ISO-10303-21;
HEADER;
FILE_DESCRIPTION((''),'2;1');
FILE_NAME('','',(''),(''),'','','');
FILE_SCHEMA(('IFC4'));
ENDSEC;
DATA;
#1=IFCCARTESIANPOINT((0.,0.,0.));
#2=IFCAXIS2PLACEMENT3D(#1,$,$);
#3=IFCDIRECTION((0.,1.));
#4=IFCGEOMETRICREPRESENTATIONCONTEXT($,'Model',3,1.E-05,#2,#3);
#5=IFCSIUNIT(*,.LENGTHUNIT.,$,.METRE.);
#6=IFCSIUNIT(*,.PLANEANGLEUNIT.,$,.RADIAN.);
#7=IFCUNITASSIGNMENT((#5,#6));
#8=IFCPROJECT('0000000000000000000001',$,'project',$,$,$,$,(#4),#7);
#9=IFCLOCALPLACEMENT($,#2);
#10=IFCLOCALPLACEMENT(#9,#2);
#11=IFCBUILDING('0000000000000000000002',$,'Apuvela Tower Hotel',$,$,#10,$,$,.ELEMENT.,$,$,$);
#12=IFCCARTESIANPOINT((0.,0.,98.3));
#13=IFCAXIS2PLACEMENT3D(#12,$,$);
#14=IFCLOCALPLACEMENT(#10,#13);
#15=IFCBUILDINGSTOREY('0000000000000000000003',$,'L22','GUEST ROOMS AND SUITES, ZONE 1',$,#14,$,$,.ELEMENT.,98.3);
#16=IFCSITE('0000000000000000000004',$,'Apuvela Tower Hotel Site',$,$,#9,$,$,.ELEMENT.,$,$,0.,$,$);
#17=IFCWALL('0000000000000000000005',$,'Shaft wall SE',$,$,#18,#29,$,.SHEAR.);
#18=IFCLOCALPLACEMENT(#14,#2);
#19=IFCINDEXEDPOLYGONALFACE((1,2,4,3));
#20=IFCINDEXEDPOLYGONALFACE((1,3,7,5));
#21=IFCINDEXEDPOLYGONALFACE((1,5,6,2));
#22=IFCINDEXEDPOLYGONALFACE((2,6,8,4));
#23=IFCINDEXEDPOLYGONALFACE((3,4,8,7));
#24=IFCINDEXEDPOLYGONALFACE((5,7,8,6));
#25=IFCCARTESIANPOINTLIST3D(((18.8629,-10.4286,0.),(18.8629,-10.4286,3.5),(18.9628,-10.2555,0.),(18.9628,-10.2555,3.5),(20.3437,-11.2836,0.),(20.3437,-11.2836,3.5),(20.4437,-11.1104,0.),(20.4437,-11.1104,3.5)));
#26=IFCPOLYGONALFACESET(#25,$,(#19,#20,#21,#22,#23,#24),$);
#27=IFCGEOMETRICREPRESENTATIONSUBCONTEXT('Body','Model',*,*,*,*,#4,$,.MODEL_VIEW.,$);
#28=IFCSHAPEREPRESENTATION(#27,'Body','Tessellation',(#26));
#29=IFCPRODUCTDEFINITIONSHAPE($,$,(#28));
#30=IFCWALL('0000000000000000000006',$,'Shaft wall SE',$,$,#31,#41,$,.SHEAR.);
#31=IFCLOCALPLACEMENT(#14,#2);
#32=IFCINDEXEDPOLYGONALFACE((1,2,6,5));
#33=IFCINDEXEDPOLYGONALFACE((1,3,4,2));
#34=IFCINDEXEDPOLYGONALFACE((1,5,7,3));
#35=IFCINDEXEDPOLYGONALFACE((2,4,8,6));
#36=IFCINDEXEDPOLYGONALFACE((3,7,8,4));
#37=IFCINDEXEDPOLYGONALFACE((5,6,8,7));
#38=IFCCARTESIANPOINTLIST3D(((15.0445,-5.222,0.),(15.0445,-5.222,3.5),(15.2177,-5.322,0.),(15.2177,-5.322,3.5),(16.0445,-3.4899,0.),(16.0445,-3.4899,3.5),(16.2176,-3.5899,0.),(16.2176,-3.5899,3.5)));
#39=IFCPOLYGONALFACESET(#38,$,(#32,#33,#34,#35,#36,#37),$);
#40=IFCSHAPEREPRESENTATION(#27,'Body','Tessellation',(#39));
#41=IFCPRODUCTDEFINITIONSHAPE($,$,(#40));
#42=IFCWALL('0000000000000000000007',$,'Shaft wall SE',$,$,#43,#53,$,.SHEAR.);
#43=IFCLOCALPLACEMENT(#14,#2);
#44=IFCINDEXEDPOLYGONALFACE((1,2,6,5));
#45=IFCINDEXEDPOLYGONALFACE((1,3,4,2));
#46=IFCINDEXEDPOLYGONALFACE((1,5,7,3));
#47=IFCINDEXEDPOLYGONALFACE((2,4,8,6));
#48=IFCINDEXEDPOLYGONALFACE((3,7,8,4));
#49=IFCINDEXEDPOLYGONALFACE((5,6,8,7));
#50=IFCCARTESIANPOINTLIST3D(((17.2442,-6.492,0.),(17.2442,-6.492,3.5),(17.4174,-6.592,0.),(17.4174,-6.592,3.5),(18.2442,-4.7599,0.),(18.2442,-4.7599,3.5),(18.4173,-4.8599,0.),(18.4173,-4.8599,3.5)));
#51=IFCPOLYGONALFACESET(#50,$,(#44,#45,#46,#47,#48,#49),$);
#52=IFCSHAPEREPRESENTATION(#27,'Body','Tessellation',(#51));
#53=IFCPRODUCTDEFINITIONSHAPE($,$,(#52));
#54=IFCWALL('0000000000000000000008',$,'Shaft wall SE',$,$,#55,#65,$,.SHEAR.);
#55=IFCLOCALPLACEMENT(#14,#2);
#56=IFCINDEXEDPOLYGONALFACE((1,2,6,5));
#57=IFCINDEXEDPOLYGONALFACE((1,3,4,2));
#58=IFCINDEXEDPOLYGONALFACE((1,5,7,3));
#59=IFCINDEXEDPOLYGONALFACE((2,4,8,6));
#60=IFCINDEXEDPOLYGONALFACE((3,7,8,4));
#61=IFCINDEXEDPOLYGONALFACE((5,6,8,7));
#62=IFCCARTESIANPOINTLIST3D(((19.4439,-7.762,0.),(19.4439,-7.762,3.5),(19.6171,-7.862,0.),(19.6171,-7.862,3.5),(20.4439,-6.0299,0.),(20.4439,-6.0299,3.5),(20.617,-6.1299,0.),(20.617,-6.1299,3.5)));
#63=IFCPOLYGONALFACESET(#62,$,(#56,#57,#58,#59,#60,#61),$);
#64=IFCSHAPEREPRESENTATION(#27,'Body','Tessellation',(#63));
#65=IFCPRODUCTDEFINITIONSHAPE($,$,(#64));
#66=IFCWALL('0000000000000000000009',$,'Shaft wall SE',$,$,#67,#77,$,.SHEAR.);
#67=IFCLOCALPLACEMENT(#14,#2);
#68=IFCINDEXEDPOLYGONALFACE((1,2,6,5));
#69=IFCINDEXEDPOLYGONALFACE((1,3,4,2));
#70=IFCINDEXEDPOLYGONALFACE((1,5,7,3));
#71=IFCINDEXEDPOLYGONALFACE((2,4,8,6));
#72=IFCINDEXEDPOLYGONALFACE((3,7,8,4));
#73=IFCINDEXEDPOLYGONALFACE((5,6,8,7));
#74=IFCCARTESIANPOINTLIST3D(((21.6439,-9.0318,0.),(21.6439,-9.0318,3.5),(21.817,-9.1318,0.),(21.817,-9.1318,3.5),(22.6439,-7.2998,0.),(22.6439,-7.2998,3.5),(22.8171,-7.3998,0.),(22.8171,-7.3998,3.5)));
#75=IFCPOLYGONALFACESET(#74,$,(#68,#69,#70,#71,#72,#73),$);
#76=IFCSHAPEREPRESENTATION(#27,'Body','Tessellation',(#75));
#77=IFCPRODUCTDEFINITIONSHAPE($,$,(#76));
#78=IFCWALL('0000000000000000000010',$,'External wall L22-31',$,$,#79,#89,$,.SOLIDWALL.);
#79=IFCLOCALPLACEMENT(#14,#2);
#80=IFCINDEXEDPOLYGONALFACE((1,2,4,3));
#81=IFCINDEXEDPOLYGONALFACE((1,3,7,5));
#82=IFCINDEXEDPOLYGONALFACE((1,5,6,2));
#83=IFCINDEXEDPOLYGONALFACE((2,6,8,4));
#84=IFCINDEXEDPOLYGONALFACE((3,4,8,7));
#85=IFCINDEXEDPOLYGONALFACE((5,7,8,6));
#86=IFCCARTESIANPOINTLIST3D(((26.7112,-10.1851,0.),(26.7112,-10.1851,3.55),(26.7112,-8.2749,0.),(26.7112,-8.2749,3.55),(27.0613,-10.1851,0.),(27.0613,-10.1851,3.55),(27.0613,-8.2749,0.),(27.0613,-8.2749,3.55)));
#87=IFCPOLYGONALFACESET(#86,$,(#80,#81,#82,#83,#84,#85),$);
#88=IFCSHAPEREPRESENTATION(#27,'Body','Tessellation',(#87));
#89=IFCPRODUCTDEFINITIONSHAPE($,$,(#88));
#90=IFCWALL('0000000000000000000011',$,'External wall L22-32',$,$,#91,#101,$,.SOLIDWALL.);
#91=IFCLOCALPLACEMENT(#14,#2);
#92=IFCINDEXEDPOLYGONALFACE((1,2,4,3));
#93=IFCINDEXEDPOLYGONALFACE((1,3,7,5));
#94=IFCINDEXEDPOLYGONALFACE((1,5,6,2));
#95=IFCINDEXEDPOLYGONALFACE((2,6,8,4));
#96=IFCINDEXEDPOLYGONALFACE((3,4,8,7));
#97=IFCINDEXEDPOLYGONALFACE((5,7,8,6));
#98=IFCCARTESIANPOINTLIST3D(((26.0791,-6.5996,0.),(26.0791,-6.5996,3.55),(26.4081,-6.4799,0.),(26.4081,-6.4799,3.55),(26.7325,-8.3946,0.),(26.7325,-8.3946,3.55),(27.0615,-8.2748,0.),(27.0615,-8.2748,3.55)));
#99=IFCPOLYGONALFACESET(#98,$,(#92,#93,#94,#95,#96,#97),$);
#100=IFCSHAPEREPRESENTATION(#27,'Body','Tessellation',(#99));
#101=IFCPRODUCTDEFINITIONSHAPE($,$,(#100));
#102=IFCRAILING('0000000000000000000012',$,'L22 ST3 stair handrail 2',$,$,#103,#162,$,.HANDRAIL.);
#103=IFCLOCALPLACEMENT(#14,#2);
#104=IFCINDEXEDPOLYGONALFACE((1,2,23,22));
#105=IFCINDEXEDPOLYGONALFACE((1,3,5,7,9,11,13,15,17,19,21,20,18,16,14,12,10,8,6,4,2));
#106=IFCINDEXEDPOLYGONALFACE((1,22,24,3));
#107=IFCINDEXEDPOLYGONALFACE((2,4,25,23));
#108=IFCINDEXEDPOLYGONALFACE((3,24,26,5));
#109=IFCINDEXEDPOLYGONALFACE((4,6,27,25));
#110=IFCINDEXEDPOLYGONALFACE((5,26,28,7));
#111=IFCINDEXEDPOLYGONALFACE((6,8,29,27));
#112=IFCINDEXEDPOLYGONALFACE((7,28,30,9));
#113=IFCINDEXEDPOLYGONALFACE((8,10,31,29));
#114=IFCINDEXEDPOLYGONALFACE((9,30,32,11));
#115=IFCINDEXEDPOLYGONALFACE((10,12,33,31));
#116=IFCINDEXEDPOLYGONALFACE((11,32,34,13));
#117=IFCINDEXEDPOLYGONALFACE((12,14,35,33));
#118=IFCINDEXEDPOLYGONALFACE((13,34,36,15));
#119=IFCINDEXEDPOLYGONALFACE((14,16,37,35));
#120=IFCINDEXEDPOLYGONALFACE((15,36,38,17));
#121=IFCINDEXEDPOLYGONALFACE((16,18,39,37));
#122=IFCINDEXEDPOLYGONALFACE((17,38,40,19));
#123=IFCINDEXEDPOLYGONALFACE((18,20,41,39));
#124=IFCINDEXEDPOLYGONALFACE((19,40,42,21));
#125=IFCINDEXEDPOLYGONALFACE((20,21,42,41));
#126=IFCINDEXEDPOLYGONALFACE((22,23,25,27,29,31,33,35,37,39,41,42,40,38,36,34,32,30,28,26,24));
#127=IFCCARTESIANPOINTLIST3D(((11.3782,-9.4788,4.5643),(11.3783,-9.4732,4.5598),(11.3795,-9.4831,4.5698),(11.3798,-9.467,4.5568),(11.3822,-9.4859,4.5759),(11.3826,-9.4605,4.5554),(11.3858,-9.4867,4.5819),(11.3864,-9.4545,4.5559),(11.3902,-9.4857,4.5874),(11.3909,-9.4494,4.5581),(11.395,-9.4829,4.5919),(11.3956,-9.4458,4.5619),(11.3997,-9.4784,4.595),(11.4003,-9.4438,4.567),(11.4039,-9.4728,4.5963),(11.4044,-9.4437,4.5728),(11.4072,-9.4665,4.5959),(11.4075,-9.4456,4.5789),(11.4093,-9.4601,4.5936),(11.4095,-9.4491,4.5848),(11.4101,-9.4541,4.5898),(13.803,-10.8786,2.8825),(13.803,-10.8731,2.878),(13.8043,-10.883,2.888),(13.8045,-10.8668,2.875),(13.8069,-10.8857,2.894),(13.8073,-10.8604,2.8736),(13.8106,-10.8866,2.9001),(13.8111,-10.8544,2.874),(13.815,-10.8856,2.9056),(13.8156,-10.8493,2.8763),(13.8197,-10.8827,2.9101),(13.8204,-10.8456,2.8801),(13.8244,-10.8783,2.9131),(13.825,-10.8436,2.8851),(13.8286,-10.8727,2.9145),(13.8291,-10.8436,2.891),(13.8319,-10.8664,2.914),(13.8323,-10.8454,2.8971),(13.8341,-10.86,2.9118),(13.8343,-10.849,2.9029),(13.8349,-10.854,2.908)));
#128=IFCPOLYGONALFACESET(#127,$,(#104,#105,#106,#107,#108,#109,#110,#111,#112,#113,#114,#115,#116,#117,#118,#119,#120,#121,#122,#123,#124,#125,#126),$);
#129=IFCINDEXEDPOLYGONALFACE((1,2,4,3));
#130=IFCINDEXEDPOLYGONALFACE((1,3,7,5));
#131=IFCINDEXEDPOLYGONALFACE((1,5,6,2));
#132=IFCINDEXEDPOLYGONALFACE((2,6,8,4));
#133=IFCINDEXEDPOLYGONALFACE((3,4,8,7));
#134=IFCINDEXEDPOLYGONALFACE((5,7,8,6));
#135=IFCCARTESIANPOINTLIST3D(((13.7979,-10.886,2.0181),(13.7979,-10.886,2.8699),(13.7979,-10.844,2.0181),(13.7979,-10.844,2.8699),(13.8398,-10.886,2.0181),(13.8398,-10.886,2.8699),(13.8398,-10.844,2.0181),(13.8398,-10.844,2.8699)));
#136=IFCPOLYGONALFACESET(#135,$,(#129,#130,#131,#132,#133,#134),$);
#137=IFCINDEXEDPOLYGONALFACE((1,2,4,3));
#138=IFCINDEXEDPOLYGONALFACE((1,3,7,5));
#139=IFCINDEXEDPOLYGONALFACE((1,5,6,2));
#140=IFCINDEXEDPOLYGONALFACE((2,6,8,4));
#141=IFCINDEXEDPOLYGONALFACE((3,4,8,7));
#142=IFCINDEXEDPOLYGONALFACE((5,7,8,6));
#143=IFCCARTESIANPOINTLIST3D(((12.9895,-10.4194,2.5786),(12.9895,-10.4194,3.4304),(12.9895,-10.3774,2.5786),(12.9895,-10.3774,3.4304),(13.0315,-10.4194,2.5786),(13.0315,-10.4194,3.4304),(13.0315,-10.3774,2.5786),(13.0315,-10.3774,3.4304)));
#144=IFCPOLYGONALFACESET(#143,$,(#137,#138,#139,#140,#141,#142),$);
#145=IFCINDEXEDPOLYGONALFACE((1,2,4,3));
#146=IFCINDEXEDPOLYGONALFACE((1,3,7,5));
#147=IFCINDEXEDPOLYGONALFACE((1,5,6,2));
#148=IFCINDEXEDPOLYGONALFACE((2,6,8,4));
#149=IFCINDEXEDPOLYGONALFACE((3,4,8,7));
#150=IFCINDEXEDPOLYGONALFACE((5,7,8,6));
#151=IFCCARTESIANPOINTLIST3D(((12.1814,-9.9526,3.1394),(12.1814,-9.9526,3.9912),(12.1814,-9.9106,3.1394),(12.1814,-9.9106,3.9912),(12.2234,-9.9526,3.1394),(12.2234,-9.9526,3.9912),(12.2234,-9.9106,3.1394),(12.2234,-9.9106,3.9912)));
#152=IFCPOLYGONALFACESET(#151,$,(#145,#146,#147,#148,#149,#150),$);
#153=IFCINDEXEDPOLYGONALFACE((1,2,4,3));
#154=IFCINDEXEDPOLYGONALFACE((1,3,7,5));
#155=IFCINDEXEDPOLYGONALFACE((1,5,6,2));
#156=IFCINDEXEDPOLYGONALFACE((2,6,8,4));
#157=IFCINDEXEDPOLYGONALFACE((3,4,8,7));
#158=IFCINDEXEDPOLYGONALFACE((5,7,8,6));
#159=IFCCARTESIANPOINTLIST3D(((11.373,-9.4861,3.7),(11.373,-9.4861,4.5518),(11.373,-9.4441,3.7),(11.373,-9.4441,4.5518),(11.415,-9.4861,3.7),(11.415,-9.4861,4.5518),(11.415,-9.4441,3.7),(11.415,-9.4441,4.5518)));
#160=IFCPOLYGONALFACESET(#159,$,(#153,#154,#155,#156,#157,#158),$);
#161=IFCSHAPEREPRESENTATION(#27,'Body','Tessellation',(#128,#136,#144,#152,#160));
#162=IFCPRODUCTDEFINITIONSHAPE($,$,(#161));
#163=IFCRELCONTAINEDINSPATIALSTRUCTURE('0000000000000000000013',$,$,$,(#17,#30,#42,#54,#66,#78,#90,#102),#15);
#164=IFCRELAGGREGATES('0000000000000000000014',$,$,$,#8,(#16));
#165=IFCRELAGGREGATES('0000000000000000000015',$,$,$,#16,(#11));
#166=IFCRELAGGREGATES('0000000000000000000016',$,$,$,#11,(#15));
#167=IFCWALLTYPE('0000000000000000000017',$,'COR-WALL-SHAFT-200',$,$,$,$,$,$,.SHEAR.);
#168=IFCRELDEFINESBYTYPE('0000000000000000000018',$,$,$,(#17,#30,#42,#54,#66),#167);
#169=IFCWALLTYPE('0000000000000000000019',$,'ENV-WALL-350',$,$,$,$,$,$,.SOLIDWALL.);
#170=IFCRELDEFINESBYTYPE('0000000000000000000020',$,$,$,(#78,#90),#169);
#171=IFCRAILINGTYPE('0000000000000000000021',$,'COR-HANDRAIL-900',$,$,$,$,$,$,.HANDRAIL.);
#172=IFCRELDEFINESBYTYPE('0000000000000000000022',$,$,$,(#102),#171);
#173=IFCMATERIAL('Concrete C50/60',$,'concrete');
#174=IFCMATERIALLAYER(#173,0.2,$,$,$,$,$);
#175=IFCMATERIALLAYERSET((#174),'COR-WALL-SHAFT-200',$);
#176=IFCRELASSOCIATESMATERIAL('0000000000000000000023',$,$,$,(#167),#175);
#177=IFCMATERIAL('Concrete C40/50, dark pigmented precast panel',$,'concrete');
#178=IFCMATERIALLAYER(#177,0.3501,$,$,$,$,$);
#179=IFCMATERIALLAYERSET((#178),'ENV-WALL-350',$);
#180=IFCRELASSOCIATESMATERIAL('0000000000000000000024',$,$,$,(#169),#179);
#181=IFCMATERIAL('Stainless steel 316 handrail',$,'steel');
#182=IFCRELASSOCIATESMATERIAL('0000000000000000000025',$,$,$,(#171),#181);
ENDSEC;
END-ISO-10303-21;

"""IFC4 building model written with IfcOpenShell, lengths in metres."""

from ifc_helpers import new_model, si_unit, direction, frame, frame_2d, origin, origin_2d, place, context, subcontext, project, spatial, rectangle, circle, extrude, material, layer, layer_set, type_object, element, save


model = new_model("IFC4")

# Units and contexts
model_context = context("Model", 3, precision=1e-05, world=origin(), true_north=direction((0.0, 1.0)))
body_context = subcontext(model_context, "Body", "Model", "MODEL_VIEW")
ifc_project = project(units=[si_unit("LENGTHUNIT", "METRE"), si_unit("PLANEANGLEUNIT", "RADIAN")], contexts=[model_context])

# Site, building, storey
site_placement = place(None, origin())
site = spatial("IfcSite", under=ifc_project, at=site_placement, Name="Apuvela Tower Hotel Site", CompositionType="ELEMENT", RefElevation=0.0)
building_placement = place(site_placement, origin())
building = spatial("IfcBuilding", under=site, at=building_placement, Name="Apuvela Tower Hotel", CompositionType="ELEMENT")
storey_placement = place(building_placement, frame((0.0, 0.0, 98.3)))
storey = spatial("IfcBuildingStorey", under=building, at=storey_placement, Name="L22", Description="GUEST ROOMS AND SUITES, ZONE 1", CompositionType="ELEMENT", Elevation=98.3)

# Walls
ifc_material_1 = material(Name="Concrete C50/60", Category="concrete")
ifc_layer_1 = layer(ifc_material_1, 0.2)
ifc_layer_set_1 = layer_set([ifc_layer_1], Name="COR-WALL-SHAFT-200")
wall_type_1 = type_object("IfcWallType", Name="COR-WALL-SHAFT-200", PredefinedType="SHEAR", material=ifc_layer_set_1)
wall_1_placement = place(storey_placement, frame((18.9128, -10.342, 0.0), z_axis=(0.0, 0.0, 1.0), x_axis=(0.866038, -0.499978, 0.0)))
element("IfcWall", 1, at=wall_1_placement, inside=storey, type_object=wall_type_1, Name="Shaft wall SE", PredefinedType="SHEAR", context=body_context, shape_type="SweptSolid", body=[
    extrude(rectangle(XDim=1.71, YDim=0.2, at=frame_2d((0.855, 0.0))), origin(), (0.0, 0.0, 1.0), 3.5),
])
for number, where, z_axis, x_axis, name in (
    (2, (15.1311, -5.272, 0.0), (0.0, 0.0, 1.0), (0.499973, 0.866041, 0.0), "Shaft wall SE"),
    (3, (17.3308, -6.542, 0.0), (0.0, 0.0, 1.0), (0.499973, 0.866041, 0.0), "Shaft wall SE"),
    (4, (19.5305, -7.812, 0.0), (0.0, 0.0, 1.0), (0.499973, 0.866041, 0.0), "Shaft wall SE"),
    (5, (21.7305, -9.0818, 0.0), (0.0, 0.0, 1.0), (0.500025, 0.866011, 0.0), "Shaft wall SE"),
):
    element("IfcWall", number, at=place(storey_placement, frame(where, z_axis=z_axis, x_axis=x_axis)), inside=storey, type_object=wall_type_1, Name=name, PredefinedType="SHEAR", context=body_context, shape_type="SweptSolid", body=[
        extrude(rectangle(XDim=2.0, YDim=0.2, at=frame_2d((1.0, 0.0))), origin(), (0.0, 0.0, 1.0), 3.5),
    ])
ifc_material_2 = material(Name="Concrete C40/50, dark pigmented precast panel", Category="concrete")
ifc_layer_2 = layer(ifc_material_2, 0.3501)
ifc_layer_set_2 = layer_set([ifc_layer_2], Name="ENV-WALL-350")
wall_type_2 = type_object("IfcWallType", Name="ENV-WALL-350", PredefinedType="SOLIDWALL", material=ifc_layer_set_2)
for number, where, z_axis, x_axis, name in (
    (6, (26.8862, -10.1851, 0.0), (0.0, 0.0, 1.0), (0.0, 1.0, 0.0), "External wall L22-31"),
    (7, (26.897, -8.3347, 0.0), (0.0, 0.0, 1.0), (-0.34203, 0.939689, 0.0), "External wall L22-32"),
):
    element("IfcWall", number, at=place(storey_placement, frame(where, z_axis=z_axis, x_axis=x_axis)), inside=storey, type_object=wall_type_2, Name=name, PredefinedType="SOLIDWALL", context=body_context, shape_type="SweptSolid", body=[
        extrude(rectangle(XDim=1.9102, YDim=0.3501, at=frame_2d((0.9551, 0.0))), origin(), (0.0, 0.0, 1.0), 3.55),
    ])

# Railing
ifc_material_3 = material(Name="Stainless steel 316 handrail", Category="steel")
railing_type_1 = type_object("IfcRailingType", Name="COR-HANDRAIL-900", PredefinedType="HANDRAIL", material=ifc_material_3)
railing_1_placement = place(storey_placement, frame((13.8188, -10.865, 2.0181)))
element("IfcRailing", 8, at=railing_1_placement, inside=storey, type_object=railing_type_1, Name="L22 ST3 stair handrail 2", PredefinedType="HANDRAIL", context=body_context, shape_type="SweptSolid", body=[
    extrude(circle(Radius=0.0239, at=origin_2d()), frame((0.0, 0.0, 0.876), z_axis=(-0.74239, 0.428601, 0.514934), x_axis=(-0.499984, -0.866035, 0.0)), (0.0, 0.0, 1.0), 3.2661),
    extrude(rectangle(XDim=0.042, YDim=0.042, at=origin_2d()), origin(), (0.0, 0.0, 1.0), 0.8518),
    extrude(rectangle(XDim=0.042, YDim=0.042, at=origin_2d()), frame((-0.8083, 0.4666, 0.5605)), (0.0, 0.0, 1.0), 0.8518),
    extrude(rectangle(XDim=0.042, YDim=0.042, at=origin_2d()), frame((-1.6165, 0.9333, 1.1213)), (0.0, 0.0, 1.0), 0.8518),
    extrude(rectangle(XDim=0.042, YDim=0.042, at=origin_2d()), frame((-2.4248, 1.3999, 1.6819)), (0.0, 0.0, 1.0), 0.8518),
])

save(model, "model.ifc")
